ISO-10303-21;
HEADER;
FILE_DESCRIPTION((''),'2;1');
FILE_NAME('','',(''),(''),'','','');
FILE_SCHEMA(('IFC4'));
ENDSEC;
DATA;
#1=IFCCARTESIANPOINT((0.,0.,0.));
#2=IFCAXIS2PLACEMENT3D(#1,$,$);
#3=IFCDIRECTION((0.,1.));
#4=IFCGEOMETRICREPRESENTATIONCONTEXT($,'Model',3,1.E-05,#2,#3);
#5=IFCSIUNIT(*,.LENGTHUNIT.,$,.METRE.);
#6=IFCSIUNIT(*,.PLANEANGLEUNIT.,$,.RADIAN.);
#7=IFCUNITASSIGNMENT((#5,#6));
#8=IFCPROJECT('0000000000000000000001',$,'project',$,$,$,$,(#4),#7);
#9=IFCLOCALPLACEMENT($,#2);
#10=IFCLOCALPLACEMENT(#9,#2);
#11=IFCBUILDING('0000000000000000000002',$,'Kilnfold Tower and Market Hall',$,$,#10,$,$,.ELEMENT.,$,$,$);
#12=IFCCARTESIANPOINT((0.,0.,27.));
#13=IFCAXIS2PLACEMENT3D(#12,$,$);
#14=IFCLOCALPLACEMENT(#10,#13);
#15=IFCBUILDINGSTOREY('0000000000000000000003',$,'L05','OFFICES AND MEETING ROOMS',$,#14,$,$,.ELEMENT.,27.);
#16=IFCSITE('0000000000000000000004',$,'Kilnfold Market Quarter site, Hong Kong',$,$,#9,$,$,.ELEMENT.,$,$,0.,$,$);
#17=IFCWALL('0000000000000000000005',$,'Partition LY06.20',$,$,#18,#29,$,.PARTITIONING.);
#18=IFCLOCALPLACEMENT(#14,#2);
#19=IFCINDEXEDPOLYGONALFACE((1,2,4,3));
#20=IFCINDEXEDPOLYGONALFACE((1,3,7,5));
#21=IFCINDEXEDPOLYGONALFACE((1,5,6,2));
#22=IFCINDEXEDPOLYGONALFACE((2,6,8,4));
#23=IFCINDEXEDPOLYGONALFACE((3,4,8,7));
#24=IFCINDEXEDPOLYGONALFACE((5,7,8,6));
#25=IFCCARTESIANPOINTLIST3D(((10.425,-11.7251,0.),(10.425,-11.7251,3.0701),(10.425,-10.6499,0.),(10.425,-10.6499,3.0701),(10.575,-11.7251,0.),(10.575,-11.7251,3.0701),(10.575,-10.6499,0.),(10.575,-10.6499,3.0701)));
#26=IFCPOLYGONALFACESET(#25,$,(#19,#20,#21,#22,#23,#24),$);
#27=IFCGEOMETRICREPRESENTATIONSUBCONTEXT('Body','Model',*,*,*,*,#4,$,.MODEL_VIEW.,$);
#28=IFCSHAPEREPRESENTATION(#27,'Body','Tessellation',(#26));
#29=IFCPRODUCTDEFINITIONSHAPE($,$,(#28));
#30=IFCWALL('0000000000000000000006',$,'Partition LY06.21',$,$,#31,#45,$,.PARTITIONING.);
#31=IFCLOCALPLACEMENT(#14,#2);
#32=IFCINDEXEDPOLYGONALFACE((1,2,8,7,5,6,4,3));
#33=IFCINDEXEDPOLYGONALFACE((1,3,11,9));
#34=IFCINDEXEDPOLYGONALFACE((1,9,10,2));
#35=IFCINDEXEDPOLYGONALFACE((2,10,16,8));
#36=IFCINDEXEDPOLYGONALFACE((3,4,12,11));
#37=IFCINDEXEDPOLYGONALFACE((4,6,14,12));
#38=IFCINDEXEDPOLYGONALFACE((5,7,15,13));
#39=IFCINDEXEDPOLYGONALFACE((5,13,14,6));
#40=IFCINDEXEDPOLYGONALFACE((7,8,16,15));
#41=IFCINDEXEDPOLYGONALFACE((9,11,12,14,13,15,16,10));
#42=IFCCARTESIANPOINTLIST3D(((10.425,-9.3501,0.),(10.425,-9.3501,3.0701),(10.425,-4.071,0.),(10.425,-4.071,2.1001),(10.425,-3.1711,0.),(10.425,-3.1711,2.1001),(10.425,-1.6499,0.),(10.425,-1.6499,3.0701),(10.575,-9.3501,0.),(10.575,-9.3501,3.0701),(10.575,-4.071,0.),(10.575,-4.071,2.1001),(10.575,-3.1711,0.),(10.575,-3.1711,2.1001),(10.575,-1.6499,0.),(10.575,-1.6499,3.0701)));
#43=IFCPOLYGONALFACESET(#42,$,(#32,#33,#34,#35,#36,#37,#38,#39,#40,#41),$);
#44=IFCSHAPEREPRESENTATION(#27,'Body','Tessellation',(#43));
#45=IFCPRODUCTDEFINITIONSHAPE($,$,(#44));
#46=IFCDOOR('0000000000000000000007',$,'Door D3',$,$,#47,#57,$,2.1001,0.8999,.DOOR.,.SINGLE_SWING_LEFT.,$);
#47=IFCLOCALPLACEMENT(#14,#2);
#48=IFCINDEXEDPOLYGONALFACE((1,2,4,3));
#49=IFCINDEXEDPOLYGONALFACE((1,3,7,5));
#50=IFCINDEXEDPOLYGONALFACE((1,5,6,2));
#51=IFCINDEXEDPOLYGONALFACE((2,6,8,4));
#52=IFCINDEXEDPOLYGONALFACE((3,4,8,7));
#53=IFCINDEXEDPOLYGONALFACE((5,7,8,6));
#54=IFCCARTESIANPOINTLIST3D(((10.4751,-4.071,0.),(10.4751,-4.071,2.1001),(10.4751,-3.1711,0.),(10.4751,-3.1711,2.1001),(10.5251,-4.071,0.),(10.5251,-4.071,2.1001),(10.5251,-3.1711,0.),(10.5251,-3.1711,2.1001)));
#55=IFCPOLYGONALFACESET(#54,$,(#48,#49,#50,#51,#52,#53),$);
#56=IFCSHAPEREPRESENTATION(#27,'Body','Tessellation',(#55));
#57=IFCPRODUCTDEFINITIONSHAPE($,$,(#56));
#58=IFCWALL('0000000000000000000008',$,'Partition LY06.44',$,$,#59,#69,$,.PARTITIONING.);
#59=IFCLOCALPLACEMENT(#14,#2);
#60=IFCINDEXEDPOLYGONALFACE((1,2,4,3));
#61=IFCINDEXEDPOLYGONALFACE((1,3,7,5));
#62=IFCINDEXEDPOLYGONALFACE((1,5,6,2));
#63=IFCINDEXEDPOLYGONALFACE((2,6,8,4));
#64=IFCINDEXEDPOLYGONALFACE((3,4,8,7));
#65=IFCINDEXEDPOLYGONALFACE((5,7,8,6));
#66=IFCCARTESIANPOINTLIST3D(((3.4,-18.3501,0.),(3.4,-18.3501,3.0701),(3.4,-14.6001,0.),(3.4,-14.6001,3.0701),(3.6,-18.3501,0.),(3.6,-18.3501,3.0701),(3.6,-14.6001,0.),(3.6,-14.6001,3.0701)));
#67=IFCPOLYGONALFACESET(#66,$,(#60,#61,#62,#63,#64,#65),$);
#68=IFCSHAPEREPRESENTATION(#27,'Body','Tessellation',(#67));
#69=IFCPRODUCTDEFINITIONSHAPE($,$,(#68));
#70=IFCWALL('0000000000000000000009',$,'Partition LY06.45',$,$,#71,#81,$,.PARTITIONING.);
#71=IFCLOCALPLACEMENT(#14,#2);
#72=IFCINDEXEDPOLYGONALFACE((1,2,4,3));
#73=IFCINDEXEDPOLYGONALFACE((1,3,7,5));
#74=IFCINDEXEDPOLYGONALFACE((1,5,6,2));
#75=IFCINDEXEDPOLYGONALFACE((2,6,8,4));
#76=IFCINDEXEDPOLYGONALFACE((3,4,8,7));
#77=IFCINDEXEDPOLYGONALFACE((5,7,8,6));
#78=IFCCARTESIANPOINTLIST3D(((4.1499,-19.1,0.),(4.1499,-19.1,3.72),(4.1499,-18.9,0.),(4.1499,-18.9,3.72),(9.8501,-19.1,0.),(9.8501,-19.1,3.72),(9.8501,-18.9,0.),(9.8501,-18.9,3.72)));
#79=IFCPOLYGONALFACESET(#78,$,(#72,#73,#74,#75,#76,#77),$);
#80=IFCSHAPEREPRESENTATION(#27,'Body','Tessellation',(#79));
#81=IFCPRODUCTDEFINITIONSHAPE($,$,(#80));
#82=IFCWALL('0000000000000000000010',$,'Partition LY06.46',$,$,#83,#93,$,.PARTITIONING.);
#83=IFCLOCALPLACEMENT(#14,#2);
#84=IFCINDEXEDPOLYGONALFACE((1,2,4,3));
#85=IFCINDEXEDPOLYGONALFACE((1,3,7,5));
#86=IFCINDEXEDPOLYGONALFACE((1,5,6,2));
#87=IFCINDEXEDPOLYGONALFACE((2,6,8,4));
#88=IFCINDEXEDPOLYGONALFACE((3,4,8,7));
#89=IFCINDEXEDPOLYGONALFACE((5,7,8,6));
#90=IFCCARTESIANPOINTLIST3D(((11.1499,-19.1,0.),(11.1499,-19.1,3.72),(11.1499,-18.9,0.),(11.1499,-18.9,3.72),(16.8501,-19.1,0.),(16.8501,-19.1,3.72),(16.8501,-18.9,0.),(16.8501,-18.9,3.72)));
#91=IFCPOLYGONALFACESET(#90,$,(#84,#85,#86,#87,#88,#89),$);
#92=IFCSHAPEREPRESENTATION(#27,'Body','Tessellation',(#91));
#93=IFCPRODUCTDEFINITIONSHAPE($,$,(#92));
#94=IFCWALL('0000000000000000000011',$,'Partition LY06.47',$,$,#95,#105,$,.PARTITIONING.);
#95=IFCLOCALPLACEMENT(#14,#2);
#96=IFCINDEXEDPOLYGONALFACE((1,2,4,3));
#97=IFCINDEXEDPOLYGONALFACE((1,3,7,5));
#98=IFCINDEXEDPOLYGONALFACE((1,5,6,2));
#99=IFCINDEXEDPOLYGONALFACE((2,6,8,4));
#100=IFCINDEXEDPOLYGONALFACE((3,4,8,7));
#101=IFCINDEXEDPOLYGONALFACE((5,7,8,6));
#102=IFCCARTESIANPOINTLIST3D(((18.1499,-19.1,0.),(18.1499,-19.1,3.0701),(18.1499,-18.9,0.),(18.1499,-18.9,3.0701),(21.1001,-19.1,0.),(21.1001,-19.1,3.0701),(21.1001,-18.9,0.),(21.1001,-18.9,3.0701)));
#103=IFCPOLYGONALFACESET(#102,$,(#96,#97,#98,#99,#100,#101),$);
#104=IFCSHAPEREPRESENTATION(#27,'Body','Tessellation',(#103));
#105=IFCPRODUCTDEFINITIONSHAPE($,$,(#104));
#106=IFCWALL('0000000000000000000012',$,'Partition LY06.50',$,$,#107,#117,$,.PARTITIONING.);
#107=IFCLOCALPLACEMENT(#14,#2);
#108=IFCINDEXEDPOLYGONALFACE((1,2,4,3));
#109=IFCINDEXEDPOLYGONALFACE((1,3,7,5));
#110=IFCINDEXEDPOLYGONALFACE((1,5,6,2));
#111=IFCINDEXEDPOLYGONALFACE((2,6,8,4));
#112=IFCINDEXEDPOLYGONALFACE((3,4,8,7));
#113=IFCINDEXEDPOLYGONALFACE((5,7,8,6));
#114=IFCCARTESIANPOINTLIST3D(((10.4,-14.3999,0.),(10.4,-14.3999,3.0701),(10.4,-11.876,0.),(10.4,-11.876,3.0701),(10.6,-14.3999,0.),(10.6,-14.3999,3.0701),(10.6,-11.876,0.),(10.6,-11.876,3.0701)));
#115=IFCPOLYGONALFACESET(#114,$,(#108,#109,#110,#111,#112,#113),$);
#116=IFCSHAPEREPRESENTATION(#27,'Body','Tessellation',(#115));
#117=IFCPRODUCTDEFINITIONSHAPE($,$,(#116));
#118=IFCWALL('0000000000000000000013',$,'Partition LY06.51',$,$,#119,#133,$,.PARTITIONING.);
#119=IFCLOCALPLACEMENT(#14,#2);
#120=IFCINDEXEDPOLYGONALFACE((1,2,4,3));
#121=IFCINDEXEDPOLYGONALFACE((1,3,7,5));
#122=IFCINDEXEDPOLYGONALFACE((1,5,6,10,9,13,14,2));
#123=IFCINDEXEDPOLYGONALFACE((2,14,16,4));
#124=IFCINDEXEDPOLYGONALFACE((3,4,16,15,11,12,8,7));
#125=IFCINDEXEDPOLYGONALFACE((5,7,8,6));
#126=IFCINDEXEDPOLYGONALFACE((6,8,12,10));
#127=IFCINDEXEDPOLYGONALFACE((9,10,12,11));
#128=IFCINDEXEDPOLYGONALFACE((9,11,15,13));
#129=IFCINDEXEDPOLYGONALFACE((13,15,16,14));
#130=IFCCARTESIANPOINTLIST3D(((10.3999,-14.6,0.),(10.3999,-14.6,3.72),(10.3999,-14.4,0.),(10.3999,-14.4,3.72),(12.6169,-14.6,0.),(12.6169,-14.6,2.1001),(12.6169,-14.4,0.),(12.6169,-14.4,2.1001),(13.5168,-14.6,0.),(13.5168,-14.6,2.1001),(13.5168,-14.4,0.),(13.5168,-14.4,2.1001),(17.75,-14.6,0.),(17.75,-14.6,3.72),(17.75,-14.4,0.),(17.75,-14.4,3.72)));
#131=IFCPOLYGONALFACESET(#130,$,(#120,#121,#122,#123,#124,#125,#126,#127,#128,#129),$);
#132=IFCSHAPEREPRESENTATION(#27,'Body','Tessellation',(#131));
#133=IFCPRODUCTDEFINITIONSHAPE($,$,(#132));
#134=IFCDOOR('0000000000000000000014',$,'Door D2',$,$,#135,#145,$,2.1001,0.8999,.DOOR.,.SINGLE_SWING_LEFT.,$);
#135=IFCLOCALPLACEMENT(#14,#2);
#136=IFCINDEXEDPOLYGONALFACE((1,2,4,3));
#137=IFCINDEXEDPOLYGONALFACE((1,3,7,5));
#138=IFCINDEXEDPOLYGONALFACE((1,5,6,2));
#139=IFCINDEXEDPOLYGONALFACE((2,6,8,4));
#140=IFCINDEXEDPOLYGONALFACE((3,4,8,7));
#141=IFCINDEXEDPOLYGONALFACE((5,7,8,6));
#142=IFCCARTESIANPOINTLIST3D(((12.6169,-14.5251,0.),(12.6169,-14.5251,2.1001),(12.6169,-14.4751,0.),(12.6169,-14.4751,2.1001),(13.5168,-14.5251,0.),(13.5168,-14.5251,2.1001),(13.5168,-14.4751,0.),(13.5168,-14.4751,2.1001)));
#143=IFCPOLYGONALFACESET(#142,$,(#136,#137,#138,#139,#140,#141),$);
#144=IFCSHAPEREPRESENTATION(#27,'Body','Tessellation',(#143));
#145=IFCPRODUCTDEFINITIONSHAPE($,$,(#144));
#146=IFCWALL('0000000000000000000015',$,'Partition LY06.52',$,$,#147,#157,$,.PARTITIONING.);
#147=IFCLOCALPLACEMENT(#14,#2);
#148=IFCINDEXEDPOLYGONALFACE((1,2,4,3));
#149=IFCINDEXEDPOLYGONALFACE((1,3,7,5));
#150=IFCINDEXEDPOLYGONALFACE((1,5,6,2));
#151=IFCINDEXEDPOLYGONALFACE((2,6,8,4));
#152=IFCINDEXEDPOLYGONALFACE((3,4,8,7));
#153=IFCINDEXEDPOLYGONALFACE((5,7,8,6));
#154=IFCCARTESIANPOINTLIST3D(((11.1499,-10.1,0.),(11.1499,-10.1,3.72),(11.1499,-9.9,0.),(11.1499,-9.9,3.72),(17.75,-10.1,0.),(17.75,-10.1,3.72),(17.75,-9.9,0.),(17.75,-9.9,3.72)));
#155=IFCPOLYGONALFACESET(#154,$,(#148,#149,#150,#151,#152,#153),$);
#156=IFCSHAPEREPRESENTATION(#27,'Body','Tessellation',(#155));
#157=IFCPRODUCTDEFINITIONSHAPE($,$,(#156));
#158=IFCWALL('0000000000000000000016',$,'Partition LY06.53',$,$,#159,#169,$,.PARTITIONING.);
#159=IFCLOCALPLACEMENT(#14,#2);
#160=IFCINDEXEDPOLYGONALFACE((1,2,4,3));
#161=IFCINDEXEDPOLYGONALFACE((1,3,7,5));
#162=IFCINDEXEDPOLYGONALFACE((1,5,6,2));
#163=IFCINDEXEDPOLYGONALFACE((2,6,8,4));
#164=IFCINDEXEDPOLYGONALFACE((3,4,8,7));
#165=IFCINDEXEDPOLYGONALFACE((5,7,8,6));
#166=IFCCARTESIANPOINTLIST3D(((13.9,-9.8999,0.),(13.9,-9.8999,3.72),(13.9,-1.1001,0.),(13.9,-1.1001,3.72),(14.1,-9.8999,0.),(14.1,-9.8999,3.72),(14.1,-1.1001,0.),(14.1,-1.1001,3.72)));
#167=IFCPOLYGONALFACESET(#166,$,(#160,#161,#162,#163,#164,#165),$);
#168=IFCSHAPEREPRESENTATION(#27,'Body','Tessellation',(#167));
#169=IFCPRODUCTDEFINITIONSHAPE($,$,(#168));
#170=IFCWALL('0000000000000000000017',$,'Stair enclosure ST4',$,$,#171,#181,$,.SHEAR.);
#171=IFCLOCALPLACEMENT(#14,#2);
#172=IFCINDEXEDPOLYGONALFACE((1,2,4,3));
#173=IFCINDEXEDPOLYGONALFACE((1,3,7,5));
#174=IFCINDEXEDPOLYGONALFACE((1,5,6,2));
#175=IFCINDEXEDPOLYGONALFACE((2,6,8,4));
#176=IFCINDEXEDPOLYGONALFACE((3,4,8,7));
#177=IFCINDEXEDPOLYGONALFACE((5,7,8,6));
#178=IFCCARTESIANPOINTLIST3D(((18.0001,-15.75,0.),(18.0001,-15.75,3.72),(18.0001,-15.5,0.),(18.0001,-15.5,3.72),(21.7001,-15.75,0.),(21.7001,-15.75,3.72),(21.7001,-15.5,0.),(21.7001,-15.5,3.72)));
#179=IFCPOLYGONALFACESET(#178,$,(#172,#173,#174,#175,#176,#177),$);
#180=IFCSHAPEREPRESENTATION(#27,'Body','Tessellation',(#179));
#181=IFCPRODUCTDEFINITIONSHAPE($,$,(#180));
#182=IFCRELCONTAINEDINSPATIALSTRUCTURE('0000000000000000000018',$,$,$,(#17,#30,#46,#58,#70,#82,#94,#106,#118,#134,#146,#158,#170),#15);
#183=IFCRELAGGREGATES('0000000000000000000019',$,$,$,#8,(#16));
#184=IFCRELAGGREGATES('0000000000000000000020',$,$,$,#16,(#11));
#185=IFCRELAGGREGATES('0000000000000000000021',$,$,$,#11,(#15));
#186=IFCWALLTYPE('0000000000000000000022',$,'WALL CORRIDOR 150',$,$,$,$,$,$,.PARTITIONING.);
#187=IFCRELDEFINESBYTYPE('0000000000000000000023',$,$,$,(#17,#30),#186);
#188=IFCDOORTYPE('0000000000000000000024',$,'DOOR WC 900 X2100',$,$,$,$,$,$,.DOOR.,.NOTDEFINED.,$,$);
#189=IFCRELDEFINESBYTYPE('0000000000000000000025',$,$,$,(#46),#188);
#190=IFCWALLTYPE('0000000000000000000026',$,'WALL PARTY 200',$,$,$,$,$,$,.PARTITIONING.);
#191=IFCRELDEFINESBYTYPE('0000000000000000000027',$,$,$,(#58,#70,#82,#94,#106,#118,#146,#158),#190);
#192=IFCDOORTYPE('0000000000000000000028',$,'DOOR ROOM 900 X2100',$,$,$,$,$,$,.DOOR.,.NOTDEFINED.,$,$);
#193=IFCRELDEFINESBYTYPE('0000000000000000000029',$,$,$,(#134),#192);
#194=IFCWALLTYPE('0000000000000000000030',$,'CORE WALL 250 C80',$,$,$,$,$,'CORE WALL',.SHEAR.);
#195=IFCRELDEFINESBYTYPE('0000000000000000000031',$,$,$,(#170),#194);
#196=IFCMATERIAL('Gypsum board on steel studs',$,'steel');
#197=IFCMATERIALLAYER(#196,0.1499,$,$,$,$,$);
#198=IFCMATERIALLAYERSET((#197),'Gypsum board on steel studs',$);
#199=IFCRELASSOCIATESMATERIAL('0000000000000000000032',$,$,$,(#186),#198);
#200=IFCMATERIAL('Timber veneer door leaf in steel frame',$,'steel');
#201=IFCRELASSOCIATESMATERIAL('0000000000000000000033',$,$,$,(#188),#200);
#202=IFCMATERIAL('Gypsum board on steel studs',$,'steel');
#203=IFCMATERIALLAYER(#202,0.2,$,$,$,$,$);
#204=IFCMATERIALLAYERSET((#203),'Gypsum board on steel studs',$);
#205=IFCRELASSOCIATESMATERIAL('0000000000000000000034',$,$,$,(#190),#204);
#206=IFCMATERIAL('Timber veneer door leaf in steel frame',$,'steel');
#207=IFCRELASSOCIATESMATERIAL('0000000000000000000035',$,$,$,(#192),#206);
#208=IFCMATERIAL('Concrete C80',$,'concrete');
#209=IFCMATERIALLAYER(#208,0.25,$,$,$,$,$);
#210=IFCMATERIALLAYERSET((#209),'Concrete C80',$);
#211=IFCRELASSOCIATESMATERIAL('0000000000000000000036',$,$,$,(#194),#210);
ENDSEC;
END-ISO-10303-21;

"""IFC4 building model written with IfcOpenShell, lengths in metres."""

from ifc_helpers import new_model, si_unit, direction, frame, frame_2d, origin, place, context, subcontext, project, spatial, rectangle, extrude, source, transform, mapped, material, layer, layer_set, type_object, element, fill, save


model = new_model("IFC4")

# Units and contexts
model_context = context("Model", 3, precision=1e-05, world=origin(), true_north=direction((0.0, 1.0)))
body_context = subcontext(model_context, "Body", "Model", "MODEL_VIEW")
ifc_project = project(units=[si_unit("LENGTHUNIT", "METRE"), si_unit("PLANEANGLEUNIT", "RADIAN")], contexts=[model_context])

# Site, building, storey
site_placement = place(None, origin())
site = spatial("IfcSite", under=ifc_project, at=site_placement, Name="Kilnfold Market Quarter site, Hong Kong", CompositionType="ELEMENT", RefElevation=0.0)
building_placement = place(site_placement, origin())
building = spatial("IfcBuilding", under=site, at=building_placement, Name="Kilnfold Tower and Market Hall", CompositionType="ELEMENT")
storey_placement = place(building_placement, frame((0.0, 0.0, 27.0)))
storey = spatial("IfcBuildingStorey", under=building, at=storey_placement, Name="L05", Description="OFFICES AND MEETING ROOMS", CompositionType="ELEMENT", Elevation=27.0)

# Wall
ifc_material_1 = material(Name="Gypsum board on steel studs", Category="steel")
ifc_layer_1 = layer(ifc_material_1, 0.1499)
ifc_layer_set_1 = layer_set([ifc_layer_1], Name="Gypsum board on steel studs")
wall_type_1 = type_object("IfcWallType", Name="WALL CORRIDOR 150", PredefinedType="PARTITIONING", material=ifc_layer_set_1)
wall_1_placement = place(storey_placement, frame((10.5, -11.7251, 0.0), z_axis=(0.0, 0.0, 1.0), x_axis=(0.0, 1.0, 0.0)))
element("IfcWall", 1, at=wall_1_placement, inside=storey, type_object=wall_type_1, Name="Partition LY06.20", PredefinedType="PARTITIONING", context=body_context, shape_type="SweptSolid", body=[
    extrude(rectangle(XDim=1.0752, YDim=0.1499, at=frame_2d((0.5376, 0.0))), origin(), (0.0, 0.0, 1.0), 3.0701),
])

# Wall, opening, door
wall_2_placement = place(storey_placement, frame((10.5, -9.3501, 0.0), z_axis=(0.0, 0.0, 1.0), x_axis=(0.0, 1.0, 0.0)))
wall_2 = element("IfcWall", 2, at=wall_2_placement, inside=storey, type_object=wall_type_1, Name="Partition LY06.21", PredefinedType="PARTITIONING", context=body_context, shape_type="SweptSolid", body=[
    extrude(rectangle(XDim=7.7002, YDim=0.1499, at=frame_2d((3.8501, 0.0))), origin(), (0.0, 0.0, 1.0), 3.0701),
])
opening_1_placement = place(wall_2_placement, frame((5.2791, 0.0, 0.0)))
opening_1 = element("IfcOpeningElement", 3, at=opening_1_placement, cuts=wall_2, PredefinedType="OPENING", context=body_context, shape_type="SweptSolid", body=[
    extrude(rectangle(XDim=0.8999, YDim=2.1001, at=frame_2d((0.45, 1.05))), frame((0.0, 0.085, 0.0), z_axis=(0.0, -1.0, 0.0), x_axis=(1.0, 0.0, 0.0)), (0.0, 0.0, 1.0), 0.1699),
])
ifc_material_2 = material(Name="Timber veneer door leaf in steel frame", Category="steel")
door_type_1 = type_object("IfcDoorType", Name="DOOR WC 900 X2100", OperationType="NOTDEFINED", PredefinedType="DOOR", material=ifc_material_2)
door_1_placement = place(opening_1_placement, origin())
door_1 = element("IfcDoor", 4, at=door_1_placement, inside=storey, type_object=door_type_1, Name="Door D3", OperationType="SINGLE_SWING_LEFT", OverallHeight=2.1001, OverallWidth=0.8999, PredefinedType="DOOR", context=body_context, shape_type="SweptSolid", body=[
    extrude(rectangle(XDim=0.8999, YDim=2.1001, at=frame_2d((0.45, 1.05))), frame((0.0, 0.0249, 0.0), z_axis=(0.0, -1.0, 0.0), x_axis=(1.0, 0.0, 0.0)), (0.0, 0.0, 1.0), 0.05),
])
fill(opening_1, door_1)

# Walls
ifc_material_3 = material(Name="Gypsum board on steel studs", Category="steel")
ifc_layer_2 = layer(ifc_material_3, 0.2)
ifc_layer_set_2 = layer_set([ifc_layer_2], Name="Gypsum board on steel studs")
wall_type_2 = type_object("IfcWallType", Name="WALL PARTY 200", PredefinedType="PARTITIONING", material=ifc_layer_set_2)
wall_3_placement = place(storey_placement, frame((3.5, -18.3501, 0.0), z_axis=(0.0, 0.0, 1.0), x_axis=(0.0, 1.0, 0.0)))
element("IfcWall", 5, at=wall_3_placement, inside=storey, type_object=wall_type_2, Name="Partition LY06.44", PredefinedType="PARTITIONING", context=body_context, shape_type="SweptSolid", body=[
    extrude(rectangle(XDim=3.75, YDim=0.2, at=frame_2d((1.875, 0.0))), origin(), (0.0, 0.0, 1.0), 3.0701),
])
for number, where, z_axis, x_axis, name in (
    (6, (4.1499, -19.0, 0.0), (0.0, 0.0, 1.0), (1.0, 0.0, 0.0), "Partition LY06.45"),
    (7, (11.1499, -19.0, 0.0), (0.0, 0.0, 1.0), (1.0, 0.0, 0.0), "Partition LY06.46"),
):
    element("IfcWall", number, at=place(storey_placement, frame(where, z_axis=z_axis, x_axis=x_axis)), inside=storey, type_object=wall_type_2, Name=name, PredefinedType="PARTITIONING", context=body_context, shape_type="SweptSolid", body=[
        extrude(rectangle(XDim=5.7002, YDim=0.2, at=frame_2d((2.8501, 0.0))), origin(), (0.0, 0.0, 1.0), 3.72),
    ])
wall_4_placement = place(storey_placement, frame((18.1499, -19.0, 0.0), z_axis=(0.0, 0.0, 1.0), x_axis=(1.0, 0.0, 0.0)))
element("IfcWall", 8, at=wall_4_placement, inside=storey, type_object=wall_type_2, Name="Partition LY06.47", PredefinedType="PARTITIONING", context=body_context, shape_type="SweptSolid", body=[
    extrude(rectangle(XDim=2.9502, YDim=0.2, at=frame_2d((1.4751, 0.0))), origin(), (0.0, 0.0, 1.0), 3.0701),
])
wall_5_placement = place(storey_placement, frame((10.5, -14.3999, 0.0), z_axis=(0.0, 0.0, 1.0), x_axis=(0.0, 1.0, 0.0)))
element("IfcWall", 9, at=wall_5_placement, inside=storey, type_object=wall_type_2, Name="Partition LY06.50", PredefinedType="PARTITIONING", context=body_context, shape_type="SweptSolid", body=[
    extrude(rectangle(XDim=2.5239, YDim=0.2, at=frame_2d((1.262, 0.0))), origin(), (0.0, 0.0, 1.0), 3.0701),
])

# Wall, opening, door
wall_6_placement = place(storey_placement, frame((10.3999, -14.5, 0.0), z_axis=(0.0, 0.0, 1.0), x_axis=(1.0, 0.0, 0.0)))
wall_6 = element("IfcWall", 10, at=wall_6_placement, inside=storey, type_object=wall_type_2, Name="Partition LY06.51", PredefinedType="PARTITIONING", context=body_context, shape_type="SweptSolid", body=[
    extrude(rectangle(XDim=7.3501, YDim=0.2, at=frame_2d((3.675, 0.0))), origin(), (0.0, 0.0, 1.0), 3.72),
])
opening_2_placement = place(wall_6_placement, frame((2.217, 0.0, 0.0)))
opening_2 = element("IfcOpeningElement", 11, at=opening_2_placement, cuts=wall_6, PredefinedType="OPENING", context=body_context, shape_type="SweptSolid", body=[
    extrude(rectangle(XDim=0.8999, YDim=2.1001, at=frame_2d((0.45, 1.05))), frame((0.0, 0.1099, 0.0), z_axis=(0.0, -1.0, 0.0), x_axis=(1.0, 0.0, 0.0)), (0.0, 0.0, 1.0), 0.22),
])
ifc_material_4 = material(Name="Timber veneer door leaf in steel frame", Category="steel")
door_type_2 = type_object("IfcDoorType", Name="DOOR ROOM 900 X2100", OperationType="NOTDEFINED", PredefinedType="DOOR", material=ifc_material_4)
door_2_placement = place(opening_2_placement, origin())
door_2 = element("IfcDoor", 12, at=door_2_placement, inside=storey, type_object=door_type_2, Name="Door D2", OperationType="SINGLE_SWING_LEFT", OverallHeight=2.1001, OverallWidth=0.8999, PredefinedType="DOOR", context=body_context, shape_type="SweptSolid", body=[
    extrude(rectangle(XDim=0.8999, YDim=2.1001, at=frame_2d((0.45, 1.05))), frame((0.0, 0.0249, 0.0), z_axis=(0.0, -1.0, 0.0), x_axis=(1.0, 0.0, 0.0)), (0.0, 0.0, 1.0), 0.05),
])
fill(opening_2, door_2)

# Walls
wall_7_placement = place(storey_placement, frame((11.1499, -10.0, 0.0), z_axis=(0.0, 0.0, 1.0), x_axis=(1.0, 0.0, 0.0)))
element("IfcWall", 13, at=wall_7_placement, inside=storey, type_object=wall_type_2, Name="Partition LY06.52", PredefinedType="PARTITIONING", context=body_context, shape_type="SweptSolid", body=[
    extrude(rectangle(XDim=6.6001, YDim=0.2, at=frame_2d((3.3, 0.0))), origin(), (0.0, 0.0, 1.0), 3.72),
])
wall_8_placement = place(storey_placement, frame((14.0, -9.8999, 0.0), z_axis=(0.0, 0.0, 1.0), x_axis=(0.0, 1.0, 0.0)))
element("IfcWall", 14, at=wall_8_placement, inside=storey, type_object=wall_type_2, Name="Partition LY06.53", PredefinedType="PARTITIONING", context=body_context, shape_type="SweptSolid", body=[
    extrude(rectangle(XDim=8.7998, YDim=0.2, at=frame_2d((4.3999, 0.0))), origin(), (0.0, 0.0, 1.0), 3.72),
])
ifc_material_5 = material(Name="Concrete C80", Category="concrete")
ifc_layer_3 = layer(ifc_material_5, 0.25)
ifc_layer_set_3 = layer_set([ifc_layer_3], Name="Concrete C80")
wall_type_3 = type_object("IfcWallType", Name="CORE WALL 250 C80", ElementType="CORE WALL", PredefinedType="SHEAR", material=ifc_layer_set_3)
shared_shape_1 = source(origin(), body_context, "Body", "SweptSolid", [
    extrude(rectangle(XDim=3.7, YDim=0.25, at=frame_2d((1.8501, 0.0))), origin(), (0.0, 0.0, 1.0), 3.72),
])
wall_9_placement = place(storey_placement, frame((18.0, -15.625, 0.0), z_axis=(0.0, 0.0, 1.0), x_axis=(1.0, 0.0, 0.0)))
element("IfcWall", 15, at=wall_9_placement, inside=storey, type_object=wall_type_3, Name="Stair enclosure ST4", PredefinedType="SHEAR", context=body_context, shape_type="MappedRepresentation", body=[
    mapped(shared_shape_1, transform((0.0, 0.0, 0.0))),
])

save(model, "model.ifc")
